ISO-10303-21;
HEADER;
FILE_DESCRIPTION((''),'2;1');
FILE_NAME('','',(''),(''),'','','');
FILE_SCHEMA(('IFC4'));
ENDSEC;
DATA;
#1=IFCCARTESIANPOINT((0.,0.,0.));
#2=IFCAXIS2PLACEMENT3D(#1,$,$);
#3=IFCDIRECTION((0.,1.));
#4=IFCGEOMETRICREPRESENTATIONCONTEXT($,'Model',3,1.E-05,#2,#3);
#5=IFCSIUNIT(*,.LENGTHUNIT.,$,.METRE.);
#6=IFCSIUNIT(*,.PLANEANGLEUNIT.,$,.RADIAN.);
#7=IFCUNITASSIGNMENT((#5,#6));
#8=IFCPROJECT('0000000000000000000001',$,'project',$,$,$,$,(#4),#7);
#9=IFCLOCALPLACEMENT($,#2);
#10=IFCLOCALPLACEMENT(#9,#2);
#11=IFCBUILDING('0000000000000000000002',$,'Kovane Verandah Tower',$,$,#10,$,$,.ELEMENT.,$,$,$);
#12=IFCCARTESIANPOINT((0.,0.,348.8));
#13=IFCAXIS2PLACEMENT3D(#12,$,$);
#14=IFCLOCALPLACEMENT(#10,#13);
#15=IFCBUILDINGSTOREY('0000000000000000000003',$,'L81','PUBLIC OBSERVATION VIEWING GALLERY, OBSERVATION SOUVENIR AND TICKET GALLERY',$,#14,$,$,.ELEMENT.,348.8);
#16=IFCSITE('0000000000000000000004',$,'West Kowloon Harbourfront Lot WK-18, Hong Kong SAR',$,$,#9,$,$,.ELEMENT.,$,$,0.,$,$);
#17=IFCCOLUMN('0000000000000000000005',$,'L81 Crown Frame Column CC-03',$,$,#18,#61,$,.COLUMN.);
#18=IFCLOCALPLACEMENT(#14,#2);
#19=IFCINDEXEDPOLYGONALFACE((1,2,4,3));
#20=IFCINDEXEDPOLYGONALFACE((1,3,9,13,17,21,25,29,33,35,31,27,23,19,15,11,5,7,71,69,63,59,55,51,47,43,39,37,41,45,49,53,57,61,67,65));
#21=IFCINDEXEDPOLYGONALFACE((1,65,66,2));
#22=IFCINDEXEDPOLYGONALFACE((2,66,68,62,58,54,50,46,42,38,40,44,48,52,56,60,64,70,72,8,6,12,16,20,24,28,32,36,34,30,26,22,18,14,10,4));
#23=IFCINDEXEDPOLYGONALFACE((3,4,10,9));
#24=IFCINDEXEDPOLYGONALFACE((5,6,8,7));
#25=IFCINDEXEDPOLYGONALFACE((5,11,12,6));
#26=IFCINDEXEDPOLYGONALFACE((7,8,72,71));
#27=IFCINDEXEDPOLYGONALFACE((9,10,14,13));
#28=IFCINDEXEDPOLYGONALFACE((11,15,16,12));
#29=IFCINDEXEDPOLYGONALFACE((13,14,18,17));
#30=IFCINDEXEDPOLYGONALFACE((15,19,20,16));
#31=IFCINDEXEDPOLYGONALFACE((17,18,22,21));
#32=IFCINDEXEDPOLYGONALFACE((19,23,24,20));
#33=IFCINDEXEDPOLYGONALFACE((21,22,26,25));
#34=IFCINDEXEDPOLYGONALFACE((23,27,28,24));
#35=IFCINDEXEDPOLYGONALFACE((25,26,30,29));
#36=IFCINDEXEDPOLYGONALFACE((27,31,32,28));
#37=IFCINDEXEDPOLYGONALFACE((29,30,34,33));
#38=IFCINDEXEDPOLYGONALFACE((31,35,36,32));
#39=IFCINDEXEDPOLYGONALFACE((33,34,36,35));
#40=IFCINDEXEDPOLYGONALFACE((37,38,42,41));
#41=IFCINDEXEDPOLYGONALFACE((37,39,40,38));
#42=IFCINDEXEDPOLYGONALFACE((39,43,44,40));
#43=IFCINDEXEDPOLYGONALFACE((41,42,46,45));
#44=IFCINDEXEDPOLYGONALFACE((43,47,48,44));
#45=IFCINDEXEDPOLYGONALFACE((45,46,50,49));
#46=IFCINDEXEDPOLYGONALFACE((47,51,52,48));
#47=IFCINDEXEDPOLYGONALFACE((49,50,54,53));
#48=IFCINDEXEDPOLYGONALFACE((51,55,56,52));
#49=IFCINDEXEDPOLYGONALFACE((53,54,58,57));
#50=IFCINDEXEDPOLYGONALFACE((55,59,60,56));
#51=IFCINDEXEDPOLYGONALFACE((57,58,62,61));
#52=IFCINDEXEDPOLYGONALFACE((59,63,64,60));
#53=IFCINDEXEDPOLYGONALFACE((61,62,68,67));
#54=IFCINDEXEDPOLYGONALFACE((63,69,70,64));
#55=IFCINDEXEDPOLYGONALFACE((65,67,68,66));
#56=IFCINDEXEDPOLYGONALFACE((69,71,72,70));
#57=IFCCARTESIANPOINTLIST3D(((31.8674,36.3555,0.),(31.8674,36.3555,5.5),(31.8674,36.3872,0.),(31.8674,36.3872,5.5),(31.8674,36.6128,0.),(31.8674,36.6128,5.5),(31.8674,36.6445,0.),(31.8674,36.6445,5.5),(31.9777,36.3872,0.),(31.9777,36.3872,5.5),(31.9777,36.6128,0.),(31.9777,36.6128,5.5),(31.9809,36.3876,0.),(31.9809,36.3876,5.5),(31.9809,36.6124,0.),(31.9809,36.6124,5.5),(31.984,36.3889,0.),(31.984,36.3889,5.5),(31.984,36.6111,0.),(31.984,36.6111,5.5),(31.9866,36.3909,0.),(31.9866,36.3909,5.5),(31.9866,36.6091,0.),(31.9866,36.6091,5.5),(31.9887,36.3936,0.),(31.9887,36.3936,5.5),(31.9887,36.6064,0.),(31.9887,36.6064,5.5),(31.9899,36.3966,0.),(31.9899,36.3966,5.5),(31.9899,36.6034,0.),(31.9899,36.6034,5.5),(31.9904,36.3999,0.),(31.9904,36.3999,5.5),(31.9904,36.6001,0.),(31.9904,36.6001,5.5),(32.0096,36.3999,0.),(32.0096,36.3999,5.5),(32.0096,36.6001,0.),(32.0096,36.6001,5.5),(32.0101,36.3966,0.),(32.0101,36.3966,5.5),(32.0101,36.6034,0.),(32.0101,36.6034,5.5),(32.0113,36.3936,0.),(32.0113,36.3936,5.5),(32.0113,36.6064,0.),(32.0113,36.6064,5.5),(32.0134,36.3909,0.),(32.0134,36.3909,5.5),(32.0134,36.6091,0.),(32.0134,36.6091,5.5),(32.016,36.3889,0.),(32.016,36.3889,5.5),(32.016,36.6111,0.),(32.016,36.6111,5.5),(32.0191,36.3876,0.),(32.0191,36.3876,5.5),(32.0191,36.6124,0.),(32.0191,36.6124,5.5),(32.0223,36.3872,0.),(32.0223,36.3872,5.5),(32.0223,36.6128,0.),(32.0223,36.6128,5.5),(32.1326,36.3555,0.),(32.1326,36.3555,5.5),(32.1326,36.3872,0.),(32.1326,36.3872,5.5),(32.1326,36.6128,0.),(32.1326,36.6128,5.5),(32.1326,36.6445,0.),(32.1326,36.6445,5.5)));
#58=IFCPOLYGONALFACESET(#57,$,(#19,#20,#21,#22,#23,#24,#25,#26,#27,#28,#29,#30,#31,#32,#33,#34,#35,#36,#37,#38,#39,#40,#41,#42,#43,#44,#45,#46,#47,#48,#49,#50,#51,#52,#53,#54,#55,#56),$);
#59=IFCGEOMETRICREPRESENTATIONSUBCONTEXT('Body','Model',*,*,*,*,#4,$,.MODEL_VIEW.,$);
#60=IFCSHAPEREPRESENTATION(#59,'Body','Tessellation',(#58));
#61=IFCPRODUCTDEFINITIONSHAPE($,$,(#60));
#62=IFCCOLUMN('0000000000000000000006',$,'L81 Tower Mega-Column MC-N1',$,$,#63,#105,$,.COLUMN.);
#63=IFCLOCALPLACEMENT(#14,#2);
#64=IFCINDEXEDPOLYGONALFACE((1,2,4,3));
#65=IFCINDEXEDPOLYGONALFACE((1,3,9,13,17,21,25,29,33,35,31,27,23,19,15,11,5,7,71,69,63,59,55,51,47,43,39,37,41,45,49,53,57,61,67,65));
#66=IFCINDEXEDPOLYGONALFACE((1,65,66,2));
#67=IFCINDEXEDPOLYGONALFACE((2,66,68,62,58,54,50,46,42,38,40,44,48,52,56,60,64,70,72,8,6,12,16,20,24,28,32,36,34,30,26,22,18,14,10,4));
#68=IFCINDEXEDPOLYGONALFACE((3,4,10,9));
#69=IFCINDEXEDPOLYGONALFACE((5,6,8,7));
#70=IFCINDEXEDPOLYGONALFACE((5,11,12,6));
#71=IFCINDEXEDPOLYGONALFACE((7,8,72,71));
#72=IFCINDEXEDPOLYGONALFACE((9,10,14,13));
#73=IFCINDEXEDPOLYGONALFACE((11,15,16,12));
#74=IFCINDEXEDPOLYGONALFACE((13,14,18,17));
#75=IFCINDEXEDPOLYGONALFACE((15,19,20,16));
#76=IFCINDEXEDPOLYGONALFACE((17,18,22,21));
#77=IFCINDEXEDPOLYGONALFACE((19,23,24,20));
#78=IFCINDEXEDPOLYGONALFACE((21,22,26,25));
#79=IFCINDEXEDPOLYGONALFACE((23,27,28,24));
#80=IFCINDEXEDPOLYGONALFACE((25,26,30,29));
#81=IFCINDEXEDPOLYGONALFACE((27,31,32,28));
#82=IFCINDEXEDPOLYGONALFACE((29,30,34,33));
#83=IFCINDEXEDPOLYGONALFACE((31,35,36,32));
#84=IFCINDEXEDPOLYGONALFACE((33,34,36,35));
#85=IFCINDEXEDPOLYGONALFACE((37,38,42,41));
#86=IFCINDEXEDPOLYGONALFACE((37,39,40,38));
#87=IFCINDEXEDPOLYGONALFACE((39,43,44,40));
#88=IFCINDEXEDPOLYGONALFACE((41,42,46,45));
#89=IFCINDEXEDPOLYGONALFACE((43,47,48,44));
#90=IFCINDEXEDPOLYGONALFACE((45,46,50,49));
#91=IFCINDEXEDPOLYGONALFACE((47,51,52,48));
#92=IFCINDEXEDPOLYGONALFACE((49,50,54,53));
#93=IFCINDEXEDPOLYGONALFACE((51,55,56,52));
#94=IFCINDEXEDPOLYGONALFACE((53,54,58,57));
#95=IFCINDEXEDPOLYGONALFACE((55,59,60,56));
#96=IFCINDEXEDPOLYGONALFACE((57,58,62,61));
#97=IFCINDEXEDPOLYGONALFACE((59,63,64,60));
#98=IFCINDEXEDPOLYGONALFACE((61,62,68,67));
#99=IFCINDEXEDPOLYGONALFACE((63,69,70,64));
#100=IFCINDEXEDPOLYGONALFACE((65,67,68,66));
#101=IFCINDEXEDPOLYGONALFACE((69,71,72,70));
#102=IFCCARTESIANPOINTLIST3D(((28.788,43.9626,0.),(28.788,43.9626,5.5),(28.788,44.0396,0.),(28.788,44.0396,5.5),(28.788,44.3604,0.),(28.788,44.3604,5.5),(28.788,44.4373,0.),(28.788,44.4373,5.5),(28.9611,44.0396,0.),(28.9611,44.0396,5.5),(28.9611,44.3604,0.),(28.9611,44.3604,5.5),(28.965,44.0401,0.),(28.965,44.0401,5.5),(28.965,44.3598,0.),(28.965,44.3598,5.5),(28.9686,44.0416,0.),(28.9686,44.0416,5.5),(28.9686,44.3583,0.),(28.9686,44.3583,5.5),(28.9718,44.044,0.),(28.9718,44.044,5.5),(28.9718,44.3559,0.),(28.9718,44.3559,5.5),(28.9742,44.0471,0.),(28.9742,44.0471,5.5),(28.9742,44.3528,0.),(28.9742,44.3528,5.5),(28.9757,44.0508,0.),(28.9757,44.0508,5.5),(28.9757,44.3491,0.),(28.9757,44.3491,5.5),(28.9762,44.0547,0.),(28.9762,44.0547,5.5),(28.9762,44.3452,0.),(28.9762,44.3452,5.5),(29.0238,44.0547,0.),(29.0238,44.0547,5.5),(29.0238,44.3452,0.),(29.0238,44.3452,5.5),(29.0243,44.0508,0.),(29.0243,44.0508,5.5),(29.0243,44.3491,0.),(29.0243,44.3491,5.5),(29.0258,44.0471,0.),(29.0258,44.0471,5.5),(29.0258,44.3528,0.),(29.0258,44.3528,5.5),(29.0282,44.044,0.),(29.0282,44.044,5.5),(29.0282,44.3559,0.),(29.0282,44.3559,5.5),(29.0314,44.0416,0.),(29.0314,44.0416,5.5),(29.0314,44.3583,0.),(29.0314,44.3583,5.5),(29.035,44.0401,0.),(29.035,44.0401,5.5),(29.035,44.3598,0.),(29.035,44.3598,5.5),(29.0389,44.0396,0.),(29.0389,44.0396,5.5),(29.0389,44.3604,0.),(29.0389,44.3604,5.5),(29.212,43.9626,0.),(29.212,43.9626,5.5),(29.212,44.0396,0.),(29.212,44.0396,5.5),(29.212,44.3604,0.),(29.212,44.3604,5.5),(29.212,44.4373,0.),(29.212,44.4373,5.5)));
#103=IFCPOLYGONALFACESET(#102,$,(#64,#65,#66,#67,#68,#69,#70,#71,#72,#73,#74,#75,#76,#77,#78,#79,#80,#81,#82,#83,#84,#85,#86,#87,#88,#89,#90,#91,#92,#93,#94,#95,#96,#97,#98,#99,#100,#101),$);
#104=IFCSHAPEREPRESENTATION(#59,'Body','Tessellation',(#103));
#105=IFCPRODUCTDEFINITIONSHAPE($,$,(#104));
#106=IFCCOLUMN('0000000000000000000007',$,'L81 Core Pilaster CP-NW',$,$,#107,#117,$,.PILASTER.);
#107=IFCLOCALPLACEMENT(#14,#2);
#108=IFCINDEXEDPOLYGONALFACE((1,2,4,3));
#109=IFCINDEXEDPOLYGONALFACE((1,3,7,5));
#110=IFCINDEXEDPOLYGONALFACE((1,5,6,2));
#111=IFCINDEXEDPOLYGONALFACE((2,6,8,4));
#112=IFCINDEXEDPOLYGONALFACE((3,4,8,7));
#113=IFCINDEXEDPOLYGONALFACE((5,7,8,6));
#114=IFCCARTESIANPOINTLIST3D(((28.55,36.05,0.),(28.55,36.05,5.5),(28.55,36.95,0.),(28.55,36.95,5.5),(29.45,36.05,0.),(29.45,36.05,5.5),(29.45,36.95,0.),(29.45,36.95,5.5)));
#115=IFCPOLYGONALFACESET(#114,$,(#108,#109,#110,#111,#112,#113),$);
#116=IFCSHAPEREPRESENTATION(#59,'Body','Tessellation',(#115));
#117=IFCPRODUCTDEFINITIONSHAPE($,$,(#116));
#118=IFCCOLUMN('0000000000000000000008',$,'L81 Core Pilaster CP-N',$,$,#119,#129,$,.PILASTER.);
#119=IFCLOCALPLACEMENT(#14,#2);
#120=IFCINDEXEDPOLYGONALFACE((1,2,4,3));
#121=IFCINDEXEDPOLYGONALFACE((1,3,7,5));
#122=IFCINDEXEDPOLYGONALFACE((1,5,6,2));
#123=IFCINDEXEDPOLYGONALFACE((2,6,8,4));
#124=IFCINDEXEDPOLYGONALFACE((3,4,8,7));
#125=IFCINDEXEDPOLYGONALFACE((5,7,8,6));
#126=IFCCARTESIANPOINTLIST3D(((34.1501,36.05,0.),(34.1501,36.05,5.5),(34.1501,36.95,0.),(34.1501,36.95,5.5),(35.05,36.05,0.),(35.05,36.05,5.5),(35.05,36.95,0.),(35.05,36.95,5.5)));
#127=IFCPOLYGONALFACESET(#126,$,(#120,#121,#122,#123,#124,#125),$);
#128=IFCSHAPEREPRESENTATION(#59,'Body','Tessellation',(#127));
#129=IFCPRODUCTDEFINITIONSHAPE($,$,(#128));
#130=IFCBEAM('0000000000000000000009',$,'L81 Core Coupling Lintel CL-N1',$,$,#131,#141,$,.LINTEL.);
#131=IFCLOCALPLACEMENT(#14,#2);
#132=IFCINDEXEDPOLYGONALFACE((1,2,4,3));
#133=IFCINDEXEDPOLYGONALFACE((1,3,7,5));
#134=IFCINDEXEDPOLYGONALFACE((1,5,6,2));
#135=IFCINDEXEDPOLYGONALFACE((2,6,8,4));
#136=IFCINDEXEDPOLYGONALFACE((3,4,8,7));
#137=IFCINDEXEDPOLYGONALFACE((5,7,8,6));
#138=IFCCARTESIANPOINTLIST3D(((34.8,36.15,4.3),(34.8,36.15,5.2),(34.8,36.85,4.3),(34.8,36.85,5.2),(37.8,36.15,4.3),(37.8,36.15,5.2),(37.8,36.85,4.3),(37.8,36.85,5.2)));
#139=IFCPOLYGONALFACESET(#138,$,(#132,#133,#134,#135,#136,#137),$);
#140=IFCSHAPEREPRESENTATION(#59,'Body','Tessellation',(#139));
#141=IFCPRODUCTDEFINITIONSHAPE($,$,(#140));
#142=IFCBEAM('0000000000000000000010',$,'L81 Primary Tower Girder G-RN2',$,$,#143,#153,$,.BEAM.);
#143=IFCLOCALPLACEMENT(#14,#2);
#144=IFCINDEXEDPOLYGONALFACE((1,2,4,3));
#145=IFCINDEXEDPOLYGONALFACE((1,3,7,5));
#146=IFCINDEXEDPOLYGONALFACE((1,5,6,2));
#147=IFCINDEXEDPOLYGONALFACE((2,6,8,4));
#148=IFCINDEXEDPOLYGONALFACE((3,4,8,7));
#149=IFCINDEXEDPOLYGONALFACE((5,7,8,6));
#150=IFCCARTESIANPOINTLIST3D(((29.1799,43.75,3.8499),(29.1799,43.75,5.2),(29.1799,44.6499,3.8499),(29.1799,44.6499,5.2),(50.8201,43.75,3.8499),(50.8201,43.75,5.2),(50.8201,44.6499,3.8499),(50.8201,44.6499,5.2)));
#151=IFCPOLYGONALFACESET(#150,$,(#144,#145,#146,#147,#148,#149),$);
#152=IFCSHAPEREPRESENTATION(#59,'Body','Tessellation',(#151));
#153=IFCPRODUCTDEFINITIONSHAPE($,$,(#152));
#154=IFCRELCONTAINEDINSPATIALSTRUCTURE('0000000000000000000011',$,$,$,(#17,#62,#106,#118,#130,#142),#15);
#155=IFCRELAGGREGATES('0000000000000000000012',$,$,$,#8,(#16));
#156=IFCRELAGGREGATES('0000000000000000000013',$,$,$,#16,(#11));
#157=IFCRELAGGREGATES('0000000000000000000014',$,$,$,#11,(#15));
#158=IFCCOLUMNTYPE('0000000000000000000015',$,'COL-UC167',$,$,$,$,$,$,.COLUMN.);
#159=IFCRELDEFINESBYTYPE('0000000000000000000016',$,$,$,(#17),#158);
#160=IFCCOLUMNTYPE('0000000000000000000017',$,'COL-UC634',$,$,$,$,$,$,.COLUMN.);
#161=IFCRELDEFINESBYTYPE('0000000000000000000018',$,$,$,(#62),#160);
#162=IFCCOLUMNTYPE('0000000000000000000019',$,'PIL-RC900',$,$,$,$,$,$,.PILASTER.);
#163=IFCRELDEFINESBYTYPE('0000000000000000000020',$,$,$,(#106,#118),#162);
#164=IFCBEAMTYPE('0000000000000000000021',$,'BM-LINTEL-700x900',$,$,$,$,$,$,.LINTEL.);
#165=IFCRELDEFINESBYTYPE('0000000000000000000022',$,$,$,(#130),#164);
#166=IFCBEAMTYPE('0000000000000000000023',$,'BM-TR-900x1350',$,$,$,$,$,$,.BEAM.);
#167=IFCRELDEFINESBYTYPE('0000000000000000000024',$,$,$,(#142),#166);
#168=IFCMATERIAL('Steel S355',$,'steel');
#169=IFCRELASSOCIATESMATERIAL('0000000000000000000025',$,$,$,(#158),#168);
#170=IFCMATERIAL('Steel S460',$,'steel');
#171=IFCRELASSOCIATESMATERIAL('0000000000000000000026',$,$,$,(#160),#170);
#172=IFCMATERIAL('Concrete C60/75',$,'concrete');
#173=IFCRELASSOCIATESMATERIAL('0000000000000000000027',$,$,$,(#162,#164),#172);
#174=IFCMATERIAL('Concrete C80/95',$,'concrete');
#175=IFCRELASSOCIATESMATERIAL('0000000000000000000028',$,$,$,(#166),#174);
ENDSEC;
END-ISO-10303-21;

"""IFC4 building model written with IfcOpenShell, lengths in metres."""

from ifc_helpers import new_model, si_unit, direction, frame, origin, origin_2d, place, context, subcontext, project, spatial, rectangle, i_section, extrude, material, material_profile, profile_set, type_object, element, save


model = new_model("IFC4")

# Units and contexts
model_context = context("Model", 3, precision=1e-05, world=origin(), true_north=direction((0.0, 1.0)))
body_context = subcontext(model_context, "Body", "Model", "MODEL_VIEW")
ifc_project = project(units=[si_unit("LENGTHUNIT", "METRE"), si_unit("PLANEANGLEUNIT", "RADIAN")], contexts=[model_context])

# Site, building, storey
site_placement = place(None, origin())
site = spatial("IfcSite", under=ifc_project, at=site_placement, Name="West Kowloon Harbourfront Lot WK-18, Hong Kong SAR", CompositionType="ELEMENT", RefElevation=0.0)
building_placement = place(site_placement, origin())
building = spatial("IfcBuilding", under=site, at=building_placement, Name="Kovane Verandah Tower", CompositionType="ELEMENT")
storey_placement = place(building_placement, frame((0.0, 0.0, 348.8)))
storey = spatial("IfcBuildingStorey", under=building, at=storey_placement, Name="L81", Description="PUBLIC OBSERVATION VIEWING GALLERY, OBSERVATION SOUVENIR AND TICKET GALLERY", CompositionType="ELEMENT", Elevation=348.8)

# Columns
ifc_material_1 = material(Name="Steel S355", Category="steel")
ifc_material_profile_1 = material_profile(ifc_material_1, i_section(OverallWidth=0.2651, OverallDepth=0.2891, WebThickness=0.0193, FlangeThickness=0.0317, FilletRadius=0.0127, at=origin_2d()), Name="UC254x254x167")
ifc_profile_set_1 = profile_set([ifc_material_profile_1], Name="Steel S355")
column_type_1 = type_object("IfcColumnType", Name="COL-UC167", PredefinedType="COLUMN", material=ifc_profile_set_1)
column_1_placement = place(storey_placement, frame((32.0, 36.5, 0.0), z_axis=(0.0, 0.0, 1.0), x_axis=(1.0, 0.0, 0.0)))
element("IfcColumn", 1, at=column_1_placement, inside=storey, type_object=column_type_1, Name="L81 Crown Frame Column CC-03", PredefinedType="COLUMN", context=body_context, shape_type="SweptSolid", body=[
    extrude(i_section(OverallWidth=0.2651, OverallDepth=0.2891, WebThickness=0.0193, FlangeThickness=0.0317, FilletRadius=0.0127, at=origin_2d()), origin(), (0.0, 0.0, 1.0), 5.5),
])
ifc_material_2 = material(Name="Steel S460", Category="steel")
ifc_material_profile_2 = material_profile(ifc_material_2, i_section(OverallWidth=0.4241, OverallDepth=0.4746, WebThickness=0.0476, FlangeThickness=0.0769, FilletRadius=0.0151, at=origin_2d()), Name="UC356x406x634")
ifc_profile_set_2 = profile_set([ifc_material_profile_2], Name="Steel S460")
column_type_2 = type_object("IfcColumnType", Name="COL-UC634", PredefinedType="COLUMN", material=ifc_profile_set_2)
column_2_placement = place(storey_placement, frame((29.0, 44.2, 0.0), z_axis=(0.0, 0.0, 1.0), x_axis=(1.0, 0.0, 0.0)))
element("IfcColumn", 2, at=column_2_placement, inside=storey, type_object=column_type_2, Name="L81 Tower Mega-Column MC-N1", PredefinedType="COLUMN", context=body_context, shape_type="SweptSolid", body=[
    extrude(i_section(OverallWidth=0.4241, OverallDepth=0.4746, WebThickness=0.0476, FlangeThickness=0.0769, FilletRadius=0.0151, at=origin_2d()), origin(), (0.0, 0.0, 1.0), 5.5),
])
ifc_material_3 = material(Name="Concrete C60/75", Category="concrete")
ifc_material_profile_3 = material_profile(ifc_material_3, rectangle(XDim=0.8999, YDim=0.8999, at=origin_2d()), Name="RC900x900")
ifc_profile_set_3 = profile_set([ifc_material_profile_3], Name="Concrete C60/75")
column_type_3 = type_object("IfcColumnType", Name="PIL-RC900", PredefinedType="PILASTER", material=ifc_profile_set_3)
for number, where, z_axis, x_axis, name in (
    (3, (29.0, 36.5, 0.0), (0.0, 0.0, 1.0), (1.0, 0.0, 0.0), "L81 Core Pilaster CP-NW"),
    (4, (34.6001, 36.5, 0.0), (0.0, 0.0, 1.0), (1.0, 0.0, 0.0), "L81 Core Pilaster CP-N"),
):
    element("IfcColumn", number, at=place(storey_placement, frame(where, z_axis=z_axis, x_axis=x_axis)), inside=storey, type_object=column_type_3, Name=name, PredefinedType="PILASTER", context=body_context, shape_type="SweptSolid", body=[
        extrude(rectangle(XDim=0.8999, YDim=0.8999, at=origin_2d()), origin(), (0.0, 0.0, 1.0), 5.5),
    ])

# Beams
ifc_material_profile_4 = material_profile(ifc_material_3, rectangle(XDim=0.7, YDim=0.8999, at=origin_2d()), Name="RCB700x900")
ifc_profile_set_4 = profile_set([ifc_material_profile_4], Name="Concrete C60/75")
beam_type_1 = type_object("IfcBeamType", Name="BM-LINTEL-700x900", PredefinedType="LINTEL", material=ifc_profile_set_4)
beam_1_placement = place(storey_placement, frame((34.8, 36.5, 4.75), z_axis=(1.0, 0.0, 0.0), x_axis=(0.0, 1.0, 0.0)))
element("IfcBeam", 5, at=beam_1_placement, inside=storey, type_object=beam_type_1, Name="L81 Core Coupling Lintel CL-N1", PredefinedType="LINTEL", context=body_context, shape_type="SweptSolid", body=[
    extrude(rectangle(XDim=0.7, YDim=0.8999, at=origin_2d()), origin(), (0.0, 0.0, 1.0), 3.0),
])
ifc_material_4 = material(Name="Concrete C80/95", Category="concrete")
ifc_material_profile_5 = material_profile(ifc_material_4, rectangle(XDim=0.8999, YDim=1.3501, at=origin_2d()), Name="RCB900x1350")
ifc_profile_set_5 = profile_set([ifc_material_profile_5], Name="Concrete C80/95")
beam_type_2 = type_object("IfcBeamType", Name="BM-TR-900x1350", PredefinedType="BEAM", material=ifc_profile_set_5)
beam_2_placement = place(storey_placement, frame((29.1799, 44.2, 4.5249), z_axis=(1.0, 0.0, 0.0), x_axis=(0.0, 1.0, 0.0)))
element("IfcBeam", 6, at=beam_2_placement, inside=storey, type_object=beam_type_2, Name="L81 Primary Tower Girder G-RN2", PredefinedType="BEAM", context=body_context, shape_type="SweptSolid", body=[
    extrude(rectangle(XDim=0.8999, YDim=1.3501, at=origin_2d()), origin(), (0.0, 0.0, 1.0), 21.6401),
])

save(model, "model.ifc")
